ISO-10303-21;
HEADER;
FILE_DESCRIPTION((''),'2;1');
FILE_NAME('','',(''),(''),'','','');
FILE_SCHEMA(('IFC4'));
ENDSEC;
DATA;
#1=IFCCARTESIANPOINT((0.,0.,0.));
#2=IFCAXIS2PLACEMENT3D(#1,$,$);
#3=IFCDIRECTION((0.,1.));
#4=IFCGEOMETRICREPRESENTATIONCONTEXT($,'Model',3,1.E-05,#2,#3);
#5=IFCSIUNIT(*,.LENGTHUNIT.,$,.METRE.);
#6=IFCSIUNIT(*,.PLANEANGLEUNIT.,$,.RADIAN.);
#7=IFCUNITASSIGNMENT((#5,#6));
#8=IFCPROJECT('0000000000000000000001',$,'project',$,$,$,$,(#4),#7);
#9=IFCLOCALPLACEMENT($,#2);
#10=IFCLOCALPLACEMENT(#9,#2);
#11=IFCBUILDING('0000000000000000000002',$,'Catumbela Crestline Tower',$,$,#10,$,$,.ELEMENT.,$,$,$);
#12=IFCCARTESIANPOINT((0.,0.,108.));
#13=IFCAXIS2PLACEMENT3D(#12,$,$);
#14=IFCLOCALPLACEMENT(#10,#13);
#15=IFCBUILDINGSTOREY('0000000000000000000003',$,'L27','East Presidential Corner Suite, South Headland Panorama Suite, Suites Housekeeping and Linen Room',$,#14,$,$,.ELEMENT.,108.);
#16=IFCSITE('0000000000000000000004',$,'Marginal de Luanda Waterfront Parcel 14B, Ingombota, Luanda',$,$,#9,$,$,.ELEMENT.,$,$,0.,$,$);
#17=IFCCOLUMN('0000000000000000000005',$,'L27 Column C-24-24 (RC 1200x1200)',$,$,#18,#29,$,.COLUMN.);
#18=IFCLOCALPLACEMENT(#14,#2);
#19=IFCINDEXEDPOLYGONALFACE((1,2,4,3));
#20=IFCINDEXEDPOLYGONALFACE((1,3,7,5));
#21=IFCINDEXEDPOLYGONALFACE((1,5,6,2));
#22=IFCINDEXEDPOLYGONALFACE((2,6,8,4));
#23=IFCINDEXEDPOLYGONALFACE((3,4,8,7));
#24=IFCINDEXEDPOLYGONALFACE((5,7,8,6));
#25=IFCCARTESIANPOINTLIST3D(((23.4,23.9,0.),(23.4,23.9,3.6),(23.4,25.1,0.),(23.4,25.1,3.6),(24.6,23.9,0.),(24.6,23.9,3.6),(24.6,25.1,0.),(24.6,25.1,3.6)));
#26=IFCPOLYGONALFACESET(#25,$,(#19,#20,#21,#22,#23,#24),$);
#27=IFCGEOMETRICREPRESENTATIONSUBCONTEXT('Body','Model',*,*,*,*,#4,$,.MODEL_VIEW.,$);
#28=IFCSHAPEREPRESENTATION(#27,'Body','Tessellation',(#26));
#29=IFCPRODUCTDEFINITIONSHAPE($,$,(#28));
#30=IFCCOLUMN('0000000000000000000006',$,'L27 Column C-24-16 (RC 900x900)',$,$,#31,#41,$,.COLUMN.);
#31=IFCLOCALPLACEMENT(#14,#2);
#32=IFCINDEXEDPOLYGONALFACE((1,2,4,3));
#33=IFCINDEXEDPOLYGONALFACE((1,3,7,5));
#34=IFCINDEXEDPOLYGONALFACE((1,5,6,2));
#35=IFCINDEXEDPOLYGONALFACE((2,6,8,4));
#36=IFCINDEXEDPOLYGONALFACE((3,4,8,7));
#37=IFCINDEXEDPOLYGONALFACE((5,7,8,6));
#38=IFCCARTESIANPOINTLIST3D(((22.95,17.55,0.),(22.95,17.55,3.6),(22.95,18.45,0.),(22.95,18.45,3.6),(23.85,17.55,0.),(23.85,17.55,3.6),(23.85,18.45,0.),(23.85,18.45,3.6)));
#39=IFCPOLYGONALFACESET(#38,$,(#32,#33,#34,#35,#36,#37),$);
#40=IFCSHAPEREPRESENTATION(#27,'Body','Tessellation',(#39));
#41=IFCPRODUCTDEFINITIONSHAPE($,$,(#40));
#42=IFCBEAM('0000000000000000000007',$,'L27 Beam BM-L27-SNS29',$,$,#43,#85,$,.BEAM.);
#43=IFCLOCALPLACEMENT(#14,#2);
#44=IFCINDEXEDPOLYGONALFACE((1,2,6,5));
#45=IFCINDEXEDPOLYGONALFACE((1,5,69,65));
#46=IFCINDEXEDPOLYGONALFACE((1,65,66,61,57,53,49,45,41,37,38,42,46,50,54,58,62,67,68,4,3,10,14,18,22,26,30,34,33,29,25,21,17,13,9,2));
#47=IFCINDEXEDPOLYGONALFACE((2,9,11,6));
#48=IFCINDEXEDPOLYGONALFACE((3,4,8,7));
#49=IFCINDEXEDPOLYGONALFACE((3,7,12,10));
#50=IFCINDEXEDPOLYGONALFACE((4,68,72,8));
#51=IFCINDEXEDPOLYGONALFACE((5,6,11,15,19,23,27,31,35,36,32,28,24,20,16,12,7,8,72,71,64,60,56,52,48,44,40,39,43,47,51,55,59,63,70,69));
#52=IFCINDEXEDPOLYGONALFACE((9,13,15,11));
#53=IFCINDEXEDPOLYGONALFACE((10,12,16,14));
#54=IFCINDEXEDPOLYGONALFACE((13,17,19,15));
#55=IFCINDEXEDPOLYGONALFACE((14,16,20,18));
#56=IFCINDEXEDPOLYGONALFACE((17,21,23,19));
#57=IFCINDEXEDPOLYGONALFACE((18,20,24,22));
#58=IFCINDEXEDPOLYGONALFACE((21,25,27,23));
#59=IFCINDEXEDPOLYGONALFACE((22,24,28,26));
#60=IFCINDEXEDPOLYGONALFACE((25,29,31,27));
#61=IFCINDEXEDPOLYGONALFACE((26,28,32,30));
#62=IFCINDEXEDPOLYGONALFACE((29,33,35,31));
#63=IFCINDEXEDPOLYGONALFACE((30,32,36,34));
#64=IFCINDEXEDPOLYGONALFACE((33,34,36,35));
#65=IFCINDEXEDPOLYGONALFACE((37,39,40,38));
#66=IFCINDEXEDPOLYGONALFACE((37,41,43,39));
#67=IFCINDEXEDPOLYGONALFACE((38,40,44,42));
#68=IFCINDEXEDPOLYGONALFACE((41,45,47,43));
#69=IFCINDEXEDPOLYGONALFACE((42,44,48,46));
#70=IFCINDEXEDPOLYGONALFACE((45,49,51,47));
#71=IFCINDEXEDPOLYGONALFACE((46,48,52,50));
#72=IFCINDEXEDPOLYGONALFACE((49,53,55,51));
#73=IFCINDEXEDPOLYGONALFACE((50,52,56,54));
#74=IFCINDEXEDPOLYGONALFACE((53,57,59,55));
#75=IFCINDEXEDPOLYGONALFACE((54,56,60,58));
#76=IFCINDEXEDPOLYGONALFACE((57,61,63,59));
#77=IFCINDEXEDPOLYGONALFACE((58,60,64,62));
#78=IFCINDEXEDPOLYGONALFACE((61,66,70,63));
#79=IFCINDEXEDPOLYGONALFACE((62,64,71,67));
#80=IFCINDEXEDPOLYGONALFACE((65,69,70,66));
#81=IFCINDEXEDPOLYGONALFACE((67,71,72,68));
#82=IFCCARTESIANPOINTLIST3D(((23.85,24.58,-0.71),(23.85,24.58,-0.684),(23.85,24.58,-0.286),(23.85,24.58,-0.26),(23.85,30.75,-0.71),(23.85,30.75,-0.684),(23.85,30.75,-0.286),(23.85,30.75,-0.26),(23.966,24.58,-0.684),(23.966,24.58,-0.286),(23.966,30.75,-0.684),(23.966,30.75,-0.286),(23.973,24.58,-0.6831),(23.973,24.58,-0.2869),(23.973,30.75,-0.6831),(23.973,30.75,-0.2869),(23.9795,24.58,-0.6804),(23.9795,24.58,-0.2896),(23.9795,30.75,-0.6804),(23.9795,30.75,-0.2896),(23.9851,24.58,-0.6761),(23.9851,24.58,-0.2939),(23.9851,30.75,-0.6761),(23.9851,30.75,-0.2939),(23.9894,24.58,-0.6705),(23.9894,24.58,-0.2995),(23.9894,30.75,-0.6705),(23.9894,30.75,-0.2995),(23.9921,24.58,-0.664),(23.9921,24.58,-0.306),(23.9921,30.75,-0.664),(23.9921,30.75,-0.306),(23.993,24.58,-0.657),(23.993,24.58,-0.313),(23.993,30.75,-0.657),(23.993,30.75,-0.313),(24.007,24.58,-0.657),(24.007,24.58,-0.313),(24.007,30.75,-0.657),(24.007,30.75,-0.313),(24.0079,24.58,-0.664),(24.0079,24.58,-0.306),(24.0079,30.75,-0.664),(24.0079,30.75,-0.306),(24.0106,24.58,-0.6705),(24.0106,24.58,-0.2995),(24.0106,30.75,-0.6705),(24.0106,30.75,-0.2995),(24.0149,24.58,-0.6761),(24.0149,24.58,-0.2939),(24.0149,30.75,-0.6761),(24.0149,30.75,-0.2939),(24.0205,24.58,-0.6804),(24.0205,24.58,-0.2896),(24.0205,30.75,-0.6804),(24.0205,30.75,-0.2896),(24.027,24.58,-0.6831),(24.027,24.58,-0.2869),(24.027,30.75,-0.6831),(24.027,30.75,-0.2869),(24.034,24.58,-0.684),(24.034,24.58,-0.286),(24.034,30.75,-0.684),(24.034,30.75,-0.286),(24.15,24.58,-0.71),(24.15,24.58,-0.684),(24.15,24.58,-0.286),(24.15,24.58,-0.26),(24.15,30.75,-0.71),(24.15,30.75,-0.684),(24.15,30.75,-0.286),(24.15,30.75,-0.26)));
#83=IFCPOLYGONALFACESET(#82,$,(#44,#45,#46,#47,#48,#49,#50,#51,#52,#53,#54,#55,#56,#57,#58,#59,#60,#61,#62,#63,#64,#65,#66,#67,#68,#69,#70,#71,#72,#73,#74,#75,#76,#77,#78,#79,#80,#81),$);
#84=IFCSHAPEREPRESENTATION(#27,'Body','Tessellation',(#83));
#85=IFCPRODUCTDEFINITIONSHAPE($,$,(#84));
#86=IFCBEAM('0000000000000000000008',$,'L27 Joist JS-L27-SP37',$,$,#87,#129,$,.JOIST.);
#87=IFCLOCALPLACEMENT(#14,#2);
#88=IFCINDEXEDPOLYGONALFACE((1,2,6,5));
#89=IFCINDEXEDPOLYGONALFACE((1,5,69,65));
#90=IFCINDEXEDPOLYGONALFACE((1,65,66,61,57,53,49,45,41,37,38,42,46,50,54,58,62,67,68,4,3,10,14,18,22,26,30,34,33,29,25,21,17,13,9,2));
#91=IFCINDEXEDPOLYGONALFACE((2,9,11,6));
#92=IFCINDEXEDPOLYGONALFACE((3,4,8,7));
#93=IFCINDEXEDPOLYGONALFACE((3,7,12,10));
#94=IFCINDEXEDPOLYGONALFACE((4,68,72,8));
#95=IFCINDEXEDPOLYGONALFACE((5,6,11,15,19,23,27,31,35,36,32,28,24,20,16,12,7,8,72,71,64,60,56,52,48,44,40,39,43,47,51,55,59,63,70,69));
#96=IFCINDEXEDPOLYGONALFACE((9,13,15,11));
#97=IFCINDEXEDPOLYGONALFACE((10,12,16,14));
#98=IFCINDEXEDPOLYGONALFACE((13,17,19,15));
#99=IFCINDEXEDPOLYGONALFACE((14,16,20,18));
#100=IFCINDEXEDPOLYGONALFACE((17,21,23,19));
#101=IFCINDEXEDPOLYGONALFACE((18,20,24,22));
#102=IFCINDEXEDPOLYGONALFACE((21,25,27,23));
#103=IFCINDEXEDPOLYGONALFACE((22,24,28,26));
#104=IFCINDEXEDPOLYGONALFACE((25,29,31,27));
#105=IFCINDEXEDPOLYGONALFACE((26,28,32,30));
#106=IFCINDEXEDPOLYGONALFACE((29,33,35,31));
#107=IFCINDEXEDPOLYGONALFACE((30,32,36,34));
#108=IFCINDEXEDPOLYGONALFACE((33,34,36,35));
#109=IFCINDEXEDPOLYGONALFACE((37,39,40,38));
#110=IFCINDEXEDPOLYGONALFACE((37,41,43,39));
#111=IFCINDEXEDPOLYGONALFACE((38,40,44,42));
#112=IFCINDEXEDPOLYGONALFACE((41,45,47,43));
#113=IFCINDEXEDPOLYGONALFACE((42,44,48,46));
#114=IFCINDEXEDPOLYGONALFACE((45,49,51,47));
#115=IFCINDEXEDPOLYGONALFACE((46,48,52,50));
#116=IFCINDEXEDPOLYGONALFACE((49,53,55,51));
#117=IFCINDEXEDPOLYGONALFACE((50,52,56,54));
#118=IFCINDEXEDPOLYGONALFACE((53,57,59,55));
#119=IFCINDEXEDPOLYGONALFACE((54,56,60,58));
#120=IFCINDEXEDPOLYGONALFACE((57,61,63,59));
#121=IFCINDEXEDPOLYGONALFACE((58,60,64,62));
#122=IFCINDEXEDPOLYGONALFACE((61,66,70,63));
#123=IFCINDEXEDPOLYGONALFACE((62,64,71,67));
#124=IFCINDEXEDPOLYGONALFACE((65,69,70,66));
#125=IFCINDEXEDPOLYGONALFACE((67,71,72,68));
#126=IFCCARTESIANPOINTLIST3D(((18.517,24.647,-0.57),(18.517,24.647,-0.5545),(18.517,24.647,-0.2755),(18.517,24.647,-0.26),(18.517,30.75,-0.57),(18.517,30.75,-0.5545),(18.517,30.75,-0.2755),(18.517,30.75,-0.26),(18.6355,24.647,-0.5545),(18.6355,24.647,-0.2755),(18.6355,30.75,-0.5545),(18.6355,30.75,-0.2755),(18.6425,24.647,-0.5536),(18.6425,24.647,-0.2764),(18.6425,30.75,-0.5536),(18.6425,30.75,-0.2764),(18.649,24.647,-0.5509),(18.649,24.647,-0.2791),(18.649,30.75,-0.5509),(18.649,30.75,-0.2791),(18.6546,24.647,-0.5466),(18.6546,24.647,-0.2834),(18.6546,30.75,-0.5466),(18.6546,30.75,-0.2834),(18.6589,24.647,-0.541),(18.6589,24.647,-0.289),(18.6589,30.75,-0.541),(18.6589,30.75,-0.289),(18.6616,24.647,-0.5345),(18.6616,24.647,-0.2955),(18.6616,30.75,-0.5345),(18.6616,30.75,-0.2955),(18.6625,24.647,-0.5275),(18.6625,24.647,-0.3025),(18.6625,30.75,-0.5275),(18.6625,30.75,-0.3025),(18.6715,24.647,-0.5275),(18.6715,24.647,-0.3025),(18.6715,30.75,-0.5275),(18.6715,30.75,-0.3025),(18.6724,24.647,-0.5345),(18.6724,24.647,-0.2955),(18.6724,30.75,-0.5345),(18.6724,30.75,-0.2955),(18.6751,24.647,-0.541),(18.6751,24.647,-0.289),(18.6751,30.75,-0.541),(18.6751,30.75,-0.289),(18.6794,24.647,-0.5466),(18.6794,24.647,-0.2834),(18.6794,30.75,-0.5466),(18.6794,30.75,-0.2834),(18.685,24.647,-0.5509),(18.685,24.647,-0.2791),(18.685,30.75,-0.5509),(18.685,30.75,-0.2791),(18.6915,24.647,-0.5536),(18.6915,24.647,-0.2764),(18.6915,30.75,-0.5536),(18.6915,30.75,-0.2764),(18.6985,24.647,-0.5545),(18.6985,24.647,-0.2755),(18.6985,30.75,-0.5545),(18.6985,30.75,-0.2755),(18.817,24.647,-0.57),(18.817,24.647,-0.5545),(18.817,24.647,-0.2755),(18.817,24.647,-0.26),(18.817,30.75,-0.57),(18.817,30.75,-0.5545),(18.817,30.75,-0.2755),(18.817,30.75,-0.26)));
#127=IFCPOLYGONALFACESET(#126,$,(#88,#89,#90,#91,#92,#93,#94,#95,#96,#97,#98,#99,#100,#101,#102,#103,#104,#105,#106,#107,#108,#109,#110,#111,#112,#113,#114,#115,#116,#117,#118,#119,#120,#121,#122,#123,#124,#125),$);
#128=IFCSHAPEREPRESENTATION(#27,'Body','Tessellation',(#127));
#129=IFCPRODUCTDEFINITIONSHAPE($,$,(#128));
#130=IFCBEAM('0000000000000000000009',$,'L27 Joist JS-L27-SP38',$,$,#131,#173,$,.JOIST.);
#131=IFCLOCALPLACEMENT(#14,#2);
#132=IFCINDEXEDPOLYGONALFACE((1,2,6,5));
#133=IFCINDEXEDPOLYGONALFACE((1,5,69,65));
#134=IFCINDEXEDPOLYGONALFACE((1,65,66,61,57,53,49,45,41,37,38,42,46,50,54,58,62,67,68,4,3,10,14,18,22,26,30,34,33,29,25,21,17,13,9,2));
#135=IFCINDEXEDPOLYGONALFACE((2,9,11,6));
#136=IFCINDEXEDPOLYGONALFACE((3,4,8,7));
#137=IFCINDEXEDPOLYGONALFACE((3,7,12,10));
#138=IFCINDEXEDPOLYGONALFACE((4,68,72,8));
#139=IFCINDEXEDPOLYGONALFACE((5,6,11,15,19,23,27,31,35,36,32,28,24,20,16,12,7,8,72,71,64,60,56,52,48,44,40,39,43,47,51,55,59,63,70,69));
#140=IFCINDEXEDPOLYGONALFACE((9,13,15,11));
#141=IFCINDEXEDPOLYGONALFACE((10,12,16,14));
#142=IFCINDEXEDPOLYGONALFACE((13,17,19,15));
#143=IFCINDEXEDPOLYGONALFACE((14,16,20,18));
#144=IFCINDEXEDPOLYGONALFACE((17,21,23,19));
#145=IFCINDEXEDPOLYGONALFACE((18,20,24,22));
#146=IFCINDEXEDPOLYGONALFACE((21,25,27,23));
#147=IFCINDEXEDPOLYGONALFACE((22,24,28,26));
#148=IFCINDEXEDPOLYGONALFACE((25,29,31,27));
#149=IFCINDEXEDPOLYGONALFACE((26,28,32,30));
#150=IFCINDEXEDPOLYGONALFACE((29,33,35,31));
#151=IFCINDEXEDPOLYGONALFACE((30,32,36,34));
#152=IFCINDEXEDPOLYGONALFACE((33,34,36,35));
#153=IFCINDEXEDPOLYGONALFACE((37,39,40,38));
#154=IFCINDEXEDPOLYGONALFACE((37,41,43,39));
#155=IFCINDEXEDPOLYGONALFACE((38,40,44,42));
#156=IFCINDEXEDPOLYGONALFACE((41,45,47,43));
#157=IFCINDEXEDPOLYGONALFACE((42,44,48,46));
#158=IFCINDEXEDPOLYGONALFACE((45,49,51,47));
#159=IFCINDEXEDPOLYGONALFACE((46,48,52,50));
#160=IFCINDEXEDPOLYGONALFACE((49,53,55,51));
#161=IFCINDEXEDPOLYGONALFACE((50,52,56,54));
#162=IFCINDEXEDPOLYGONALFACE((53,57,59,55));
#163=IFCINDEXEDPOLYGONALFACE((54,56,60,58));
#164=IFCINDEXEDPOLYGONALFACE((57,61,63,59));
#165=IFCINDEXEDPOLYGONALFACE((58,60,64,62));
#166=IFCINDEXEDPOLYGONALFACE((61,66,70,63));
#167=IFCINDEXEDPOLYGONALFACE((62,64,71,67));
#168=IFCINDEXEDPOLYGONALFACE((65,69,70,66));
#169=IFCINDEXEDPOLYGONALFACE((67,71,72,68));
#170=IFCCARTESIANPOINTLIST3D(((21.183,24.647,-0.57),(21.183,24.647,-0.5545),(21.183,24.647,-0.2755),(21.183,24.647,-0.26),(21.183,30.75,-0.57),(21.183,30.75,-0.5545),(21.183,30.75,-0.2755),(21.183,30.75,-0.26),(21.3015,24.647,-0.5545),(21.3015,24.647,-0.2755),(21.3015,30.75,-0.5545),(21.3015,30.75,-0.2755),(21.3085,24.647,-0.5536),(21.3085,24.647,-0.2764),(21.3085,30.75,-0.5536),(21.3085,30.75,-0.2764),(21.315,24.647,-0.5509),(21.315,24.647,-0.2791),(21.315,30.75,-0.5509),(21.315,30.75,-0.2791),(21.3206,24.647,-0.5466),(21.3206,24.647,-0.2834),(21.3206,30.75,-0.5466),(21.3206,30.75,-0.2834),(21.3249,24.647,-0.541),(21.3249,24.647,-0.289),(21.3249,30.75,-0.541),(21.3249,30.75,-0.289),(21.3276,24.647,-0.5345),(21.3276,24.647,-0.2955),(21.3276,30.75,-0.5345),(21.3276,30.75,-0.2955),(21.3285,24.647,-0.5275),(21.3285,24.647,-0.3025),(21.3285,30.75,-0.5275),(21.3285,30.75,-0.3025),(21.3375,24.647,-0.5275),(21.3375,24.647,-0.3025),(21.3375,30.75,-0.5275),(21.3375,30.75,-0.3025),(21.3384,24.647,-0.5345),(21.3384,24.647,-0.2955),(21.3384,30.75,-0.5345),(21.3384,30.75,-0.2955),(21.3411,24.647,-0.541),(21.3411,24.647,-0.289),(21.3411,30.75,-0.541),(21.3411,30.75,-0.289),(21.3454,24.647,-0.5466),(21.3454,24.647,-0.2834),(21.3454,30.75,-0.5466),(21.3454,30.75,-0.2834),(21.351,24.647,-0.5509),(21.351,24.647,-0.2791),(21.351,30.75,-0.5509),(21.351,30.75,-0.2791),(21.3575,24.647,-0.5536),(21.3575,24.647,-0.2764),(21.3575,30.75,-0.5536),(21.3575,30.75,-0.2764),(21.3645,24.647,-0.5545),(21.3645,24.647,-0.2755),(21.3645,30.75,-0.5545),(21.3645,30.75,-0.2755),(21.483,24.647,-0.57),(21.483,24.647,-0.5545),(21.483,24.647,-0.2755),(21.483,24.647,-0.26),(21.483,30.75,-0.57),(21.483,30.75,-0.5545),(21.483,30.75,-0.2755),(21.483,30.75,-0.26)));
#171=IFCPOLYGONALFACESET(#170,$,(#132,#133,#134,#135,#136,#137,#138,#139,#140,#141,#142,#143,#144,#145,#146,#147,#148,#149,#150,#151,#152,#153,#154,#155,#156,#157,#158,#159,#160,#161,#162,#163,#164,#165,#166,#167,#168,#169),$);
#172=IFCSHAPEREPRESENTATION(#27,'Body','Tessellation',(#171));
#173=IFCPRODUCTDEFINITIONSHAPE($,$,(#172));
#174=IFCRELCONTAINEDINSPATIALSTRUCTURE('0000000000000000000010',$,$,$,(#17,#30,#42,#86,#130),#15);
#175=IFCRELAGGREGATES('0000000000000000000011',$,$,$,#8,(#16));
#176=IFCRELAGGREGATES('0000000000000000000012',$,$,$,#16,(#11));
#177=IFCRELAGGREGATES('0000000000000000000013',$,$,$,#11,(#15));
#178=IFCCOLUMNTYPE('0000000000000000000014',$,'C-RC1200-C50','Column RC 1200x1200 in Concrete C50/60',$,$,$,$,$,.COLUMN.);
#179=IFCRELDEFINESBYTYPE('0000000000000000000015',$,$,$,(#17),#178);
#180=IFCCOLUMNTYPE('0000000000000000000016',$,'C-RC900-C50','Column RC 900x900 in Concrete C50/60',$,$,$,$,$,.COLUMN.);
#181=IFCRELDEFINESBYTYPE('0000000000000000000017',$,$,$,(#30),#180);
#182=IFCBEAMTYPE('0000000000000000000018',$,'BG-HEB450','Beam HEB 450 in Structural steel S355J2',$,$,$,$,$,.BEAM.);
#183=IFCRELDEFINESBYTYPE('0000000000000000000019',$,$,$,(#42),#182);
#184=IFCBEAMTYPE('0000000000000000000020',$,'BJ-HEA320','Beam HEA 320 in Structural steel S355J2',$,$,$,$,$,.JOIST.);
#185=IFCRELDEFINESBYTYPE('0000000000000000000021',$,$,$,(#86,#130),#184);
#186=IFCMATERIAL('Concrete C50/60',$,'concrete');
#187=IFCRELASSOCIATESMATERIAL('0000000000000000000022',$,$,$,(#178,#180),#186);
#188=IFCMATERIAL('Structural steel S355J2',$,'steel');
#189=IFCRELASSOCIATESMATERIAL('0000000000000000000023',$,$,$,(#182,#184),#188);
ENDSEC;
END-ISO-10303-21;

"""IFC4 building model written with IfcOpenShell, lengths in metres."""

from ifc_helpers import new_model, si_unit, direction, frame, origin, origin_2d, place, context, subcontext, project, spatial, rectangle, i_section, extrude, material, material_profile, profile_set, type_object, element, save


model = new_model("IFC4")

# Units and contexts
model_context = context("Model", 3, precision=1e-05, world=origin(), true_north=direction((0.0, 1.0)))
body_context = subcontext(model_context, "Body", "Model", "MODEL_VIEW")
ifc_project = project(units=[si_unit("LENGTHUNIT", "METRE"), si_unit("PLANEANGLEUNIT", "RADIAN")], contexts=[model_context])

# Site, building, storey
site_placement = place(None, origin())
site = spatial("IfcSite", under=ifc_project, at=site_placement, Name="Marginal de Luanda Waterfront Parcel 14B, Ingombota, Luanda", CompositionType="ELEMENT", RefElevation=0.0)
building_placement = place(site_placement, origin())
building = spatial("IfcBuilding", under=site, at=building_placement, Name="Catumbela Crestline Tower", CompositionType="ELEMENT")
storey_placement = place(building_placement, frame((0.0, 0.0, 108.0)))
storey = spatial("IfcBuildingStorey", under=building, at=storey_placement, Name="L27", Description="East Presidential Corner Suite, South Headland Panorama Suite, Suites Housekeeping and Linen Room", CompositionType="ELEMENT", Elevation=108.0)

# Columns
ifc_material_1 = material(Name="Concrete C50/60", Category="concrete")
ifc_material_profile_1 = material_profile(ifc_material_1, rectangle(XDim=1.2, YDim=1.2, at=origin_2d()), Name="RC 1200x1200")
ifc_profile_set_1 = profile_set([ifc_material_profile_1], Name="Concrete C50/60")
column_type_1 = type_object("IfcColumnType", Name="C-RC1200-C50", Description="Column RC 1200x1200 in Concrete C50/60", PredefinedType="COLUMN", material=ifc_profile_set_1)
column_1_placement = place(storey_placement, frame((24.0, 24.5, 0.0), z_axis=(0.0, 0.0, 1.0), x_axis=(1.0, 0.0, 0.0)))
element("IfcColumn", 1, at=column_1_placement, inside=storey, type_object=column_type_1, Name="L27 Column C-24-24 (RC 1200x1200)", PredefinedType="COLUMN", context=body_context, shape_type="SweptSolid", body=[
    extrude(rectangle(XDim=1.2, YDim=1.2, at=origin_2d()), origin(), (0.0, 0.0, 1.0), 3.6),
])
ifc_material_profile_2 = material_profile(ifc_material_1, rectangle(XDim=0.9, YDim=0.9, at=origin_2d()), Name="RC 900x900")
ifc_profile_set_2 = profile_set([ifc_material_profile_2], Name="Concrete C50/60")
column_type_2 = type_object("IfcColumnType", Name="C-RC900-C50", Description="Column RC 900x900 in Concrete C50/60", PredefinedType="COLUMN", material=ifc_profile_set_2)
column_2_placement = place(storey_placement, frame((23.4, 18.0, 0.0), z_axis=(0.0, 0.0, 1.0), x_axis=(1.0, 0.0, 0.0)))
element("IfcColumn", 2, at=column_2_placement, inside=storey, type_object=column_type_2, Name="L27 Column C-24-16 (RC 900x900)", PredefinedType="COLUMN", context=body_context, shape_type="SweptSolid", body=[
    extrude(rectangle(XDim=0.9, YDim=0.9, at=origin_2d()), origin(), (0.0, 0.0, 1.0), 3.6),
])

# Beams
ifc_material_2 = material(Name="Structural steel S355J2", Category="steel")
ifc_material_profile_3 = material_profile(ifc_material_2, i_section(OverallWidth=0.3, OverallDepth=0.45, WebThickness=0.014, FlangeThickness=0.026, FilletRadius=0.027, at=origin_2d()), Name="HEB 450")
ifc_profile_set_3 = profile_set([ifc_material_profile_3], Name="Structural steel S355J2")
beam_type_1 = type_object("IfcBeamType", Name="BG-HEB450", Description="Beam HEB 450 in Structural steel S355J2", PredefinedType="BEAM", material=ifc_profile_set_3)
beam_1_placement = place(storey_placement, frame((24.0, 24.58, -0.485), z_axis=(0.0, 1.0, 0.0), x_axis=(-1.0, 0.0, 0.0)))
element("IfcBeam", 3, at=beam_1_placement, inside=storey, type_object=beam_type_1, Name="L27 Beam BM-L27-SNS29", PredefinedType="BEAM", context=body_context, shape_type="SweptSolid", body=[
    extrude(i_section(OverallWidth=0.3, OverallDepth=0.45, WebThickness=0.014, FlangeThickness=0.026, FilletRadius=0.027, at=origin_2d()), origin(), (0.0, 0.0, 1.0), 6.17),
])
ifc_material_profile_4 = material_profile(ifc_material_2, i_section(OverallWidth=0.3, OverallDepth=0.31, WebThickness=0.009, FlangeThickness=0.0155, FilletRadius=0.027, at=origin_2d()), Name="HEA 320")
ifc_profile_set_4 = profile_set([ifc_material_profile_4], Name="Structural steel S355J2")
beam_type_2 = type_object("IfcBeamType", Name="BJ-HEA320", Description="Beam HEA 320 in Structural steel S355J2", PredefinedType="JOIST", material=ifc_profile_set_4)
for number, where, z_axis, x_axis, name in (
    (4, (18.667, 24.647, -0.415), (0.0, 1.0, 0.0), (-1.0, 0.0, 0.0), "L27 Joist JS-L27-SP37"),
    (5, (21.333, 24.647, -0.415), (0.0, 1.0, 0.0), (-1.0, 0.0, 0.0), "L27 Joist JS-L27-SP38"),
):
    element("IfcBeam", number, at=place(storey_placement, frame(where, z_axis=z_axis, x_axis=x_axis)), inside=storey, type_object=beam_type_2, Name=name, PredefinedType="JOIST", context=body_context, shape_type="SweptSolid", body=[
        extrude(i_section(OverallWidth=0.3, OverallDepth=0.31, WebThickness=0.009, FlangeThickness=0.0155, FilletRadius=0.027, at=origin_2d()), origin(), (0.0, 0.0, 1.0), 6.103),
    ])

save(model, "model.ifc")
